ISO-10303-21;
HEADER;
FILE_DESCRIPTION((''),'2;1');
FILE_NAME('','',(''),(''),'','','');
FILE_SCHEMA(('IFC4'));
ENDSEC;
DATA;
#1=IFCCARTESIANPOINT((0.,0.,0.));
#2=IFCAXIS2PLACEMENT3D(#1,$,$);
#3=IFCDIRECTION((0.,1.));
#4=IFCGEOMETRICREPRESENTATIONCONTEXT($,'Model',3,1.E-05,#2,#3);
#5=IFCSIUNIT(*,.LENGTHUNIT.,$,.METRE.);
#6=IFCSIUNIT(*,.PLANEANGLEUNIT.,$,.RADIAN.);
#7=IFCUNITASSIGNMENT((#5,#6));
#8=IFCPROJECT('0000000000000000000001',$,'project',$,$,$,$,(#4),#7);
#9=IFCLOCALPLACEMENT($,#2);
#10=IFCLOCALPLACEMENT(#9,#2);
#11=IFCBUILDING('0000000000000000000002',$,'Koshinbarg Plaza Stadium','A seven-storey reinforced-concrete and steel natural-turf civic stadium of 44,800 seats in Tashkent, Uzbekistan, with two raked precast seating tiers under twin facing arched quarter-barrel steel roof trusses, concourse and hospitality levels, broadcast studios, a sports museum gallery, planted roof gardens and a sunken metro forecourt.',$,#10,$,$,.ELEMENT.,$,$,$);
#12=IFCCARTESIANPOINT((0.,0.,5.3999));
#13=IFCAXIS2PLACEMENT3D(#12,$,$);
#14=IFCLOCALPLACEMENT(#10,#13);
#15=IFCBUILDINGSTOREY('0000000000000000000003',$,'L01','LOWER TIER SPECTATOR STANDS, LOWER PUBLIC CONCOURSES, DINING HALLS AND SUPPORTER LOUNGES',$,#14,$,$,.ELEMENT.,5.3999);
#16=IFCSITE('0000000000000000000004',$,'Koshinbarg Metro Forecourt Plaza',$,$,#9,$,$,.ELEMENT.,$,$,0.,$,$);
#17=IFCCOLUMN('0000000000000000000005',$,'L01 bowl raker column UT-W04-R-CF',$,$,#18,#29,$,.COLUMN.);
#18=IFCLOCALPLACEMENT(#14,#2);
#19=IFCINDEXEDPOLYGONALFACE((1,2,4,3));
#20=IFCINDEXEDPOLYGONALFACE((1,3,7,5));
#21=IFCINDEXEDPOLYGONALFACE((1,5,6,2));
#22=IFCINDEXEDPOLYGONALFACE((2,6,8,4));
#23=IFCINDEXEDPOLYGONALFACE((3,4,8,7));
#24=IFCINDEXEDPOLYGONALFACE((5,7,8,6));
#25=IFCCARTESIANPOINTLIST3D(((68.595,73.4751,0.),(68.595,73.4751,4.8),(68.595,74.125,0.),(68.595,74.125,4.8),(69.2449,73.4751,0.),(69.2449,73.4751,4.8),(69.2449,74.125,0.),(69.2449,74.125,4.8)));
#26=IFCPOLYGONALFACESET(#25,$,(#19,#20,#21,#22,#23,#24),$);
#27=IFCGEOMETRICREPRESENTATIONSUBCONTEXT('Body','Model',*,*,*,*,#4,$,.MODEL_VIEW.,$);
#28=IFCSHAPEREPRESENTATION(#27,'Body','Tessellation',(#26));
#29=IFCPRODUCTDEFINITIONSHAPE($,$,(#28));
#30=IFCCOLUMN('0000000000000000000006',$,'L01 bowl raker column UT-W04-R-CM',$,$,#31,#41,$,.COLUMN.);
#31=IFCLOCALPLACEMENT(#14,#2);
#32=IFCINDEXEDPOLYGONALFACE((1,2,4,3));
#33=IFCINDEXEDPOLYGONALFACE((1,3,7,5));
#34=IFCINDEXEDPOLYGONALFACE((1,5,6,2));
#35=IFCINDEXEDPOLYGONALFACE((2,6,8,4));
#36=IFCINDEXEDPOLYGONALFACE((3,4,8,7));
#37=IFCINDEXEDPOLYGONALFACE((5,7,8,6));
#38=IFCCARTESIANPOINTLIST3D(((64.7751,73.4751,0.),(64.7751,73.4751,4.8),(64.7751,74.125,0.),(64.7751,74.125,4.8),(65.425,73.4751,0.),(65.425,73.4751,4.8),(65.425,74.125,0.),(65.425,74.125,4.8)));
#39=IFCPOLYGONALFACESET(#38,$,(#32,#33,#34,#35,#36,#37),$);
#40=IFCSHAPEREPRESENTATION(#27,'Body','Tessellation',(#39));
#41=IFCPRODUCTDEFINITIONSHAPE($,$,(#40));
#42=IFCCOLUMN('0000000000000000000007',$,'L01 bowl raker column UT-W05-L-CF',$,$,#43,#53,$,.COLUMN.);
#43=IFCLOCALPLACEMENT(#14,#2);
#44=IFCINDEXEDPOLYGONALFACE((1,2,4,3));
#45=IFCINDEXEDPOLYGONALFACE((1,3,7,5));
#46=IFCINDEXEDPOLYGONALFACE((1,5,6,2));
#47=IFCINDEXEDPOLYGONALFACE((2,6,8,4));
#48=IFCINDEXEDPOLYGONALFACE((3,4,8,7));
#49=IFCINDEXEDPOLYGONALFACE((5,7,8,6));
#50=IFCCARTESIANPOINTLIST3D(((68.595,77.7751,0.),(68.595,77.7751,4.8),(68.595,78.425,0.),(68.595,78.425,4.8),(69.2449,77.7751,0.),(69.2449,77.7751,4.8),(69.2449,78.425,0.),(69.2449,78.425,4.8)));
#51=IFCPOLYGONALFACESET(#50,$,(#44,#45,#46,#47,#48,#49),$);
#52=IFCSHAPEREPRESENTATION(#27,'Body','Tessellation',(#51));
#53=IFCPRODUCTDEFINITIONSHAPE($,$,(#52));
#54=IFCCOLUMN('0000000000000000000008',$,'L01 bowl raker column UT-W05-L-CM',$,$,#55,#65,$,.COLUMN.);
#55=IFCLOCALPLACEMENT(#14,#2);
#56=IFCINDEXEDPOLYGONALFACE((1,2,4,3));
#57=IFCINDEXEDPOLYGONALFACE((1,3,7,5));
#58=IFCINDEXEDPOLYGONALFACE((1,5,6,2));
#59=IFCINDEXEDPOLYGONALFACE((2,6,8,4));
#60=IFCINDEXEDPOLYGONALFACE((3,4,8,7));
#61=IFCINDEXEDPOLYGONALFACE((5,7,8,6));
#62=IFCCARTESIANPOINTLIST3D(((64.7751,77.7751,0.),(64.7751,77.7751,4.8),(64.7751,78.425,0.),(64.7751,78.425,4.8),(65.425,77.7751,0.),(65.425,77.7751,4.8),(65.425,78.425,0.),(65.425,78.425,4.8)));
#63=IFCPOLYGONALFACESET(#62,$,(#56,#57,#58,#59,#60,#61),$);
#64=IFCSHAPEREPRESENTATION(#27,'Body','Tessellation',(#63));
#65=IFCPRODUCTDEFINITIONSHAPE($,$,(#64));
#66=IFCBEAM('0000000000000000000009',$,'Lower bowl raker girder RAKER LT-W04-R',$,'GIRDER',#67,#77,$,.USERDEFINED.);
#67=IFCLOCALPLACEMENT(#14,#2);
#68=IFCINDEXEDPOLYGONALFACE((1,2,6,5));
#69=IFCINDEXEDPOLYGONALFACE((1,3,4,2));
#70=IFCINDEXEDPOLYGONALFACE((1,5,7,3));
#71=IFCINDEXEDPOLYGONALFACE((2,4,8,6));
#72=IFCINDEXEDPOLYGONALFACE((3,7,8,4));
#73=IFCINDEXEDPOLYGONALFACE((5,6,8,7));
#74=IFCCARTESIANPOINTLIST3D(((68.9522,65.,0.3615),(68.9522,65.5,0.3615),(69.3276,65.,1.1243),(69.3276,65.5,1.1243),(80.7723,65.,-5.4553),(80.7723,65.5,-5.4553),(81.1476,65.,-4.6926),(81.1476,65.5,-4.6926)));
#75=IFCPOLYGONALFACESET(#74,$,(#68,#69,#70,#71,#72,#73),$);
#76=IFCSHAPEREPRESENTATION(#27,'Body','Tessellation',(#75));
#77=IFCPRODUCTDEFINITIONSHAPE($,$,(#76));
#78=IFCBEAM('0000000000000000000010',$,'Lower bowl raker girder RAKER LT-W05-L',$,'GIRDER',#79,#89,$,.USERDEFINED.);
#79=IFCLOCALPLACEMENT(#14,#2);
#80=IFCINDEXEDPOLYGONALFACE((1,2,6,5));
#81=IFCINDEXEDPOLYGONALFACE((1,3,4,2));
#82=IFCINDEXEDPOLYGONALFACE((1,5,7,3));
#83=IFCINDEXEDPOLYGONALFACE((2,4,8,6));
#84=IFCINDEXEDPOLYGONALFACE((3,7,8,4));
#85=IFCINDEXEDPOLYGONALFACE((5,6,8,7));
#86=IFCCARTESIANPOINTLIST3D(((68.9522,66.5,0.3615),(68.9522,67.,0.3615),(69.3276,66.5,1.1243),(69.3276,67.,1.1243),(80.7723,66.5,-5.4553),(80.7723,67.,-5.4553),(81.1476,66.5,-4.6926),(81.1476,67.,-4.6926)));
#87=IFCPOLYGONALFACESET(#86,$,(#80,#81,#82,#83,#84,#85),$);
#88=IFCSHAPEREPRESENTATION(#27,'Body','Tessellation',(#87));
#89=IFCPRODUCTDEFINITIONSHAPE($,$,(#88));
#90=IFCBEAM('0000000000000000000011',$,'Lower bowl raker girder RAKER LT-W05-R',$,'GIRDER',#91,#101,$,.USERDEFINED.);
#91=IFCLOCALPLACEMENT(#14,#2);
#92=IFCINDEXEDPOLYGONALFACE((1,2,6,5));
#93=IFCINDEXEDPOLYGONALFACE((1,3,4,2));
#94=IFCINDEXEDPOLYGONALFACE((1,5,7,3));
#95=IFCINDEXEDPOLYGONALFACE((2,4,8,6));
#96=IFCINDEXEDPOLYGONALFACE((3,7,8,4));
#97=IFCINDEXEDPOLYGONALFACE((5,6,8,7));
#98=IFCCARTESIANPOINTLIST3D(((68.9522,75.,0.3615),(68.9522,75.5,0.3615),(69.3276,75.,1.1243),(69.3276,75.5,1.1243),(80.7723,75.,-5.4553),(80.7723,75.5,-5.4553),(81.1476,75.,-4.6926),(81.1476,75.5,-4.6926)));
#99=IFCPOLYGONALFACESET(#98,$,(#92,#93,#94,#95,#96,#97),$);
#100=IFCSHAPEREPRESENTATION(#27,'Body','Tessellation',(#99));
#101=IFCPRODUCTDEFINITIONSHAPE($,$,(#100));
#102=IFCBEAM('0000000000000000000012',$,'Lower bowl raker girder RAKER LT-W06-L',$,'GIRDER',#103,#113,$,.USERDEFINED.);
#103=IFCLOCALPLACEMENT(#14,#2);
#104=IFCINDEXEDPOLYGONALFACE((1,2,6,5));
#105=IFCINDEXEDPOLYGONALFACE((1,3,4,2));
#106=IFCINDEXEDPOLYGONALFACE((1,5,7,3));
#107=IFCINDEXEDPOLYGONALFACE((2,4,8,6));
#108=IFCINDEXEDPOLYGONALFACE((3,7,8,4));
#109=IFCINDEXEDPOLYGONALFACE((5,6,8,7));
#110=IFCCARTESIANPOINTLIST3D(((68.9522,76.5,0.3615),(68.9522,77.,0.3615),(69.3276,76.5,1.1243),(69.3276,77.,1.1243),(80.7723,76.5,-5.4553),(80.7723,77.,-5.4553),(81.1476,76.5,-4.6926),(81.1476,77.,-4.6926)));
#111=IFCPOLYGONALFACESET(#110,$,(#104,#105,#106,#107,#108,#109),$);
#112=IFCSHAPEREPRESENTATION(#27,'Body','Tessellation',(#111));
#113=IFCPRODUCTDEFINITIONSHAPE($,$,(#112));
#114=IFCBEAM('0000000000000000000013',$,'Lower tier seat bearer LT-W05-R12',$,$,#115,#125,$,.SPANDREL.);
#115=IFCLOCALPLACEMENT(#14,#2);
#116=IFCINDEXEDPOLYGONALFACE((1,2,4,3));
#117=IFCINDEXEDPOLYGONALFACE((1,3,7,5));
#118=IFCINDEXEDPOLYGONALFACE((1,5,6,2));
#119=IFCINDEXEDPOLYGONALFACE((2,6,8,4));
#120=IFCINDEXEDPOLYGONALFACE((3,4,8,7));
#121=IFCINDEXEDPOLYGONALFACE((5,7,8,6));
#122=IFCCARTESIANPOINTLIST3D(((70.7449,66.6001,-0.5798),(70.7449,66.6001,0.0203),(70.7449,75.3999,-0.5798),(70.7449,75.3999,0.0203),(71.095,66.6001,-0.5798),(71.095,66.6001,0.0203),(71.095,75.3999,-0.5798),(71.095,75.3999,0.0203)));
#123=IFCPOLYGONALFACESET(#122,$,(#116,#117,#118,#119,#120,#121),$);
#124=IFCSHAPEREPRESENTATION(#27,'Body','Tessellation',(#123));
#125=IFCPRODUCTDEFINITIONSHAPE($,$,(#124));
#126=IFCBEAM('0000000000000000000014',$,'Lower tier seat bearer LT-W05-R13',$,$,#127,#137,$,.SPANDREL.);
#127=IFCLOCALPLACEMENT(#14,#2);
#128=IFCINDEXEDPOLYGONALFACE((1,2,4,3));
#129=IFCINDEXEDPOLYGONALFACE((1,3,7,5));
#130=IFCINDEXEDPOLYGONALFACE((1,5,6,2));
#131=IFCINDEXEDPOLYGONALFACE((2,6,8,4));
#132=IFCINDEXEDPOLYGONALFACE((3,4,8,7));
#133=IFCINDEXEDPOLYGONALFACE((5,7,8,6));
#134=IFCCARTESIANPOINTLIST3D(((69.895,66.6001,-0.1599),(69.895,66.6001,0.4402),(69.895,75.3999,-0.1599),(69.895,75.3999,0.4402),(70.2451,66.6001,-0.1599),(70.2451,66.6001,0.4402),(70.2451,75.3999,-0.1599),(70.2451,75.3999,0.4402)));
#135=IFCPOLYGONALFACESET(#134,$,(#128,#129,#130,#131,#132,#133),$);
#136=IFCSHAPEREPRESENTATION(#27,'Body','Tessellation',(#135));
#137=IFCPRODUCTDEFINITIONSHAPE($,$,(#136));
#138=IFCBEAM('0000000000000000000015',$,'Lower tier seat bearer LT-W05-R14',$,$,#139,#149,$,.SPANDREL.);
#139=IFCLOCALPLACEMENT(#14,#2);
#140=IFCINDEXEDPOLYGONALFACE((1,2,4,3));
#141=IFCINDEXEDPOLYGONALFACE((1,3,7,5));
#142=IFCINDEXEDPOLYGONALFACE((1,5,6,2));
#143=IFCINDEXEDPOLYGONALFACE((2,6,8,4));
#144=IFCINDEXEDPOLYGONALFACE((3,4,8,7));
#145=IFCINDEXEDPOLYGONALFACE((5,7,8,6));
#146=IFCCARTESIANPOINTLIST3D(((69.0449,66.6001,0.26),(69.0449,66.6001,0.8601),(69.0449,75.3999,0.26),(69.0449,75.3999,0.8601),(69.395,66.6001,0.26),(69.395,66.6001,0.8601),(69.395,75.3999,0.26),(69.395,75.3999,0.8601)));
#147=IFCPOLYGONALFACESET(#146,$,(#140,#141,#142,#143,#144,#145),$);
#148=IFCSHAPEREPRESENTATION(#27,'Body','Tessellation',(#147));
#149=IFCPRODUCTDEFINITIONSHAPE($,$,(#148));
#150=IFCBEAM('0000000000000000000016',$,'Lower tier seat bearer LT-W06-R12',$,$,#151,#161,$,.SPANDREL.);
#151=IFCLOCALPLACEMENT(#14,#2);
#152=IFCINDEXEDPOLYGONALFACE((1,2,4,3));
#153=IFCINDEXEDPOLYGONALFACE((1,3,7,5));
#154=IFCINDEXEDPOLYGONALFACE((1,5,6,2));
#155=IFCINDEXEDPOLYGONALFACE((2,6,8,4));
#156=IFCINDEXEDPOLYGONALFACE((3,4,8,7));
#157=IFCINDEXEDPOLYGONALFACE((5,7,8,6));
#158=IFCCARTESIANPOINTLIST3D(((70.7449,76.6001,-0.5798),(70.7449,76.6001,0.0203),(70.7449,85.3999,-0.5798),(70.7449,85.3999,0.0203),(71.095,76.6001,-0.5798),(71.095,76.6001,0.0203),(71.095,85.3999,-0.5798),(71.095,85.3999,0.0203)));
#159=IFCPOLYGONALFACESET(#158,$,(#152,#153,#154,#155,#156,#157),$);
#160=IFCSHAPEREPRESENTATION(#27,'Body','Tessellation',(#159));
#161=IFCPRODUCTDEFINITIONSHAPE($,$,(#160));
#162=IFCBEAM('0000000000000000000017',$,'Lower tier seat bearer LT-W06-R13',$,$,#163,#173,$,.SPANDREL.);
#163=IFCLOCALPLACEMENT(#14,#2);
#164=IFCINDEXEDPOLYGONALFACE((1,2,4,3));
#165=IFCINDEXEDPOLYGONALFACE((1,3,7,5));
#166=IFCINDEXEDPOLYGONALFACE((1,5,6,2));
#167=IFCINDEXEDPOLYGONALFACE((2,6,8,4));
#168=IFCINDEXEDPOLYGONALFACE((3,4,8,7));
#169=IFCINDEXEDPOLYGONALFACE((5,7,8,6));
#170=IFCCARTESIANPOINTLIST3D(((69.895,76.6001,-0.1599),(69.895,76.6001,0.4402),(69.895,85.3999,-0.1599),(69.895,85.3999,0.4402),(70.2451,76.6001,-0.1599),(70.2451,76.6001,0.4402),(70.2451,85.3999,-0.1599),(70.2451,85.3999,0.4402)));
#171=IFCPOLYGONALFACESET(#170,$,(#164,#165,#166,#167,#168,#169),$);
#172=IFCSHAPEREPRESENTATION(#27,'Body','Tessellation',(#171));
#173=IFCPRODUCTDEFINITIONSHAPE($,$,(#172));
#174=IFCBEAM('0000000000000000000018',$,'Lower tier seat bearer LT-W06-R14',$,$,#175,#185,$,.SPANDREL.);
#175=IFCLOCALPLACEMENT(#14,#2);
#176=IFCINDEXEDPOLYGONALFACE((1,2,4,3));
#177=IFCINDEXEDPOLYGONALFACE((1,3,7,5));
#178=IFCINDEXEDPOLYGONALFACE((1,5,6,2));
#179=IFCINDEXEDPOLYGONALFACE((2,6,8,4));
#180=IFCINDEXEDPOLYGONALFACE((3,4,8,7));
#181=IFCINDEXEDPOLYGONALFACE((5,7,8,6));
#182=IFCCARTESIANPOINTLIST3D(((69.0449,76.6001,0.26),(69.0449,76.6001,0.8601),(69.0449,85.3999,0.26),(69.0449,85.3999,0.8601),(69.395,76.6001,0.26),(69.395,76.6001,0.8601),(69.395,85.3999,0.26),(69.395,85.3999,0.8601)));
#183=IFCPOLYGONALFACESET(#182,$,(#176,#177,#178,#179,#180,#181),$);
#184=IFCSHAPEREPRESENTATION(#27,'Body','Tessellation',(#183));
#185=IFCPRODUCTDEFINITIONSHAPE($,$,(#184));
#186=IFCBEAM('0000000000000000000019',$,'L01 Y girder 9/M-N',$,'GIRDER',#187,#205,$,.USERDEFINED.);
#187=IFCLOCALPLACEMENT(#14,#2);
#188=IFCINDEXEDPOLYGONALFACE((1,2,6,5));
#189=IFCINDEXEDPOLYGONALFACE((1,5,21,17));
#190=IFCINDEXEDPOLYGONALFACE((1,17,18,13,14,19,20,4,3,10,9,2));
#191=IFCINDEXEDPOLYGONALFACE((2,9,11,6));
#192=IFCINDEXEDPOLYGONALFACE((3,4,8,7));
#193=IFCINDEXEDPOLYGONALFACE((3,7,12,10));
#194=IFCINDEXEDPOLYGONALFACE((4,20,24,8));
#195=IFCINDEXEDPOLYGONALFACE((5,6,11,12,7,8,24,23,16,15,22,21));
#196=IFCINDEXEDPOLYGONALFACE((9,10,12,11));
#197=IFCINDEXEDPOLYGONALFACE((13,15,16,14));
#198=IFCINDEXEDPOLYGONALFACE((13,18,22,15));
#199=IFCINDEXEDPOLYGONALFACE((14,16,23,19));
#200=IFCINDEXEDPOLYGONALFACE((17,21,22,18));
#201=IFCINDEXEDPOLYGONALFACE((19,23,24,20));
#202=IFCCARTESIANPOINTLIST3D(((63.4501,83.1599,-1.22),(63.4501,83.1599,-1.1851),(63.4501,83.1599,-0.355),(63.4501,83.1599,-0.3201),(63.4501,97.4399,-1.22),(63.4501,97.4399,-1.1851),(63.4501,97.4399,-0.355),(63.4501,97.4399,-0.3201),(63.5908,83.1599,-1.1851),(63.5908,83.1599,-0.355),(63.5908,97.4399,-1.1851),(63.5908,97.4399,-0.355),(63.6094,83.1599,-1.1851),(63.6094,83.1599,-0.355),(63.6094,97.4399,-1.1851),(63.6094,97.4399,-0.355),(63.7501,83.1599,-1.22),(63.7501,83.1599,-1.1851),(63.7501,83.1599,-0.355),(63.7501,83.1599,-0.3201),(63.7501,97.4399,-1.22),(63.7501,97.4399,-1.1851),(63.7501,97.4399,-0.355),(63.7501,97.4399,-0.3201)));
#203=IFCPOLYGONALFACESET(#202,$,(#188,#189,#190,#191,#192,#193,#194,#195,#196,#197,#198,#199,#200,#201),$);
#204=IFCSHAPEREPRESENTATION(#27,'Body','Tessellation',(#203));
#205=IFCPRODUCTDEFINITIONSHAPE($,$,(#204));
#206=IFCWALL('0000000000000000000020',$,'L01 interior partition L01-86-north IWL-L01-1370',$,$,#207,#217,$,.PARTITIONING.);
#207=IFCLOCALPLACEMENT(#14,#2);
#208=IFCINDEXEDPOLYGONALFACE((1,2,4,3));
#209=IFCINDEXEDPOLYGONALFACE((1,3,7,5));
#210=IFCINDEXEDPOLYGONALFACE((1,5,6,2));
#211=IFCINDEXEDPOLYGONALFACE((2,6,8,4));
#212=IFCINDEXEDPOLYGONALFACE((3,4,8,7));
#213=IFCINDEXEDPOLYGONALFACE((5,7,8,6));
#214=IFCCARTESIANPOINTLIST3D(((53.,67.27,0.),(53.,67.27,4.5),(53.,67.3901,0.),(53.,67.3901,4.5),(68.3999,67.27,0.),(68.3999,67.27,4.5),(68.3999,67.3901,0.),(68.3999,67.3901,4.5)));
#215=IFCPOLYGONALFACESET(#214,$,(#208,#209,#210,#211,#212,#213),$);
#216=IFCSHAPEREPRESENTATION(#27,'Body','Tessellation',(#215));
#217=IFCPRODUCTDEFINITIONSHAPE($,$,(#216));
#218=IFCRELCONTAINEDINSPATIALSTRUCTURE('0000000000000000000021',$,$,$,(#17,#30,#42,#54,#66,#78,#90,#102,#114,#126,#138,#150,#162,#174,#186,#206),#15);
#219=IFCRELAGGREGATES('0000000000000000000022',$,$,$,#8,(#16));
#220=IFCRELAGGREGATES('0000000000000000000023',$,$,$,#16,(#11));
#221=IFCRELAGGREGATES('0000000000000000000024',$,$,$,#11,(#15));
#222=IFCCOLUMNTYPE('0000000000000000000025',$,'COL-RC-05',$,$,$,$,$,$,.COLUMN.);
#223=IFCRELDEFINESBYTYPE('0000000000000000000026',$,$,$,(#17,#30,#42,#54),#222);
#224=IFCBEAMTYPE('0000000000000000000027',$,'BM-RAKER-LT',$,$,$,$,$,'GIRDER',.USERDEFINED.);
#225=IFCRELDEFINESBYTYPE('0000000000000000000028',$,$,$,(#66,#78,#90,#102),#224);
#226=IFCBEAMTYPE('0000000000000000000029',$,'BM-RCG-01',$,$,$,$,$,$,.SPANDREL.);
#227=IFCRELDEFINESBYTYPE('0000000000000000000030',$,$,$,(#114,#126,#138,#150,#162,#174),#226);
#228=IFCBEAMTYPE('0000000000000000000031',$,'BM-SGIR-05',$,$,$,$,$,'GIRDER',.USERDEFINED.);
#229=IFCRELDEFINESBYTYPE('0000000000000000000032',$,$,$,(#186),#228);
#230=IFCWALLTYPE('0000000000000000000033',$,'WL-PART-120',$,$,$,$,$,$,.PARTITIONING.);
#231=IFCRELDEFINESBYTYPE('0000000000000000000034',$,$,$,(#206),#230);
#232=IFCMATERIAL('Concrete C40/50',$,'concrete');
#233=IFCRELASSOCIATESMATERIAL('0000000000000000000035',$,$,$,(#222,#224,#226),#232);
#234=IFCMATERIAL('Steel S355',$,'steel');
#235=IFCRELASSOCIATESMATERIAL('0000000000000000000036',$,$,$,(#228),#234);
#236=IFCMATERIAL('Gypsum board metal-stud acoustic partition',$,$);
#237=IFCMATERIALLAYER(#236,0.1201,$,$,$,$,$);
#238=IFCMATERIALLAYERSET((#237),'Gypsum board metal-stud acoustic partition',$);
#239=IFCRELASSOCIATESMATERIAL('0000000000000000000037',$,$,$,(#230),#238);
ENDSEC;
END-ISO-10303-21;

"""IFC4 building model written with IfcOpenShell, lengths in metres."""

from ifc_helpers import new_model, si_unit, direction, frame, frame_2d, origin, origin_2d, place, context, subcontext, project, spatial, rectangle, i_section, extrude, material, layer, layer_set, material_profile, profile_set, type_object, element, save


model = new_model("IFC4")

# Units and contexts
model_context = context("Model", 3, precision=1e-05, world=origin(), true_north=direction((0.0, 1.0)))
body_context = subcontext(model_context, "Body", "Model", "MODEL_VIEW")
ifc_project = project(units=[si_unit("LENGTHUNIT", "METRE"), si_unit("PLANEANGLEUNIT", "RADIAN")], contexts=[model_context])

# Site, building, storey
site_placement = place(None, origin())
site = spatial("IfcSite", under=ifc_project, at=site_placement, Name="Koshinbarg Metro Forecourt Plaza", CompositionType="ELEMENT", RefElevation=0.0)
building_placement = place(site_placement, origin())
building = spatial("IfcBuilding", under=site, at=building_placement, Name="Koshinbarg Plaza Stadium", Description="A seven-storey reinforced-concrete and steel natural-turf civic stadium of 44,800 seats in Tashkent, Uzbekistan, with two raked precast seating tiers under twin facing arched quarter-barrel steel roof trusses, concourse and hospitality levels, broadcast studios, a sports museum gallery, planted roof gardens and a sunken metro forecourt.", CompositionType="ELEMENT")
storey_placement = place(building_placement, frame((0.0, 0.0, 5.3999)))
storey = spatial("IfcBuildingStorey", under=building, at=storey_placement, Name="L01", Description="LOWER TIER SPECTATOR STANDS, LOWER PUBLIC CONCOURSES, DINING HALLS AND SUPPORTER LOUNGES", CompositionType="ELEMENT", Elevation=5.3999)

# Columns
ifc_material_1 = material(Name="Concrete C40/50", Category="concrete")
ifc_material_profile_1 = material_profile(ifc_material_1, rectangle(XDim=0.6499, YDim=0.6499, at=origin_2d()), Name="RC 650x650")
ifc_profile_set_1 = profile_set([ifc_material_profile_1], Name="Concrete C40/50")
column_type = type_object("IfcColumnType", Name="COL-RC-05", PredefinedType="COLUMN", material=ifc_profile_set_1)
for number, where, z_axis, x_axis, name in (
    (1, (68.9199, 73.8, 0.0), (0.0, 0.0, 1.0), (1.0, 0.0, 0.0), "L01 bowl raker column UT-W04-R-CF"),
    (2, (65.1001, 73.8, 0.0), (0.0, 0.0, 1.0), (1.0, 0.0, 0.0), "L01 bowl raker column UT-W04-R-CM"),
    (3, (68.9199, 78.1001, 0.0), (0.0, 0.0, 1.0), (1.0, 0.0, 0.0), "L01 bowl raker column UT-W05-L-CF"),
    (4, (65.1001, 78.1001, 0.0), (0.0, 0.0, 1.0), (1.0, 0.0, 0.0), "L01 bowl raker column UT-W05-L-CM"),
):
    element("IfcColumn", number, at=place(storey_placement, frame(where, z_axis=z_axis, x_axis=x_axis)), inside=storey, type_object=column_type, Name=name, PredefinedType="COLUMN", context=body_context, shape_type="SweptSolid", body=[
        extrude(rectangle(XDim=0.6499, YDim=0.6499, at=origin_2d()), origin(), (0.0, 0.0, 1.0), 4.8),
    ])

# Beams
ifc_material_profile_2 = material_profile(ifc_material_1, rectangle(XDim=0.5, YDim=0.8501, at=origin_2d()), Name="RC 500x850")
ifc_profile_set_2 = profile_set([ifc_material_profile_2], Name="Concrete C40/50")
beam_type_1 = type_object("IfcBeamType", Name="BM-RAKER-LT", ElementType="GIRDER", PredefinedType="USERDEFINED", material=ifc_profile_set_2)
for number, where, z_axis, x_axis, name in (
    (5, (80.96, 65.25, -5.074), (-0.897237, 0.0, 0.441549), (0.0, -1.0, 0.0), "Lower bowl raker girder RAKER LT-W04-R"),
    (6, (80.96, 66.75, -5.074), (-0.897237, 0.0, 0.441549), (0.0, -1.0, 0.0), "Lower bowl raker girder RAKER LT-W05-L"),
    (7, (80.96, 75.25, -5.074), (-0.897237, 0.0, 0.441549), (0.0, -1.0, 0.0), "Lower bowl raker girder RAKER LT-W05-R"),
    (8, (80.96, 76.75, -5.074), (-0.897237, 0.0, 0.441549), (0.0, -1.0, 0.0), "Lower bowl raker girder RAKER LT-W06-L"),
):
    element("IfcBeam", number, at=place(storey_placement, frame(where, z_axis=z_axis, x_axis=x_axis)), inside=storey, type_object=beam_type_1, Name=name, ObjectType="GIRDER", PredefinedType="USERDEFINED", context=body_context, shape_type="SweptSolid", body=[
        extrude(rectangle(XDim=0.5, YDim=0.8501, at=origin_2d()), origin(), (0.0, 0.0, 1.0), 13.1738),
    ])
ifc_material_profile_3 = material_profile(ifc_material_1, rectangle(XDim=0.3501, YDim=0.6001, at=origin_2d()), Name="RC 350x600")
ifc_profile_set_3 = profile_set([ifc_material_profile_3], Name="Concrete C40/50")
beam_type_2 = type_object("IfcBeamType", Name="BM-RCG-01", PredefinedType="SPANDREL", material=ifc_profile_set_3)
for number, where, z_axis, x_axis, name in (
    (9, (70.9199, 66.6001, -0.2798), (0.0, 1.0, 0.0), (-1.0, 0.0, 0.0), "Lower tier seat bearer LT-W05-R12"),
    (10, (70.0701, 66.6001, 0.1401), (0.0, 1.0, 0.0), (-1.0, 0.0, 0.0), "Lower tier seat bearer LT-W05-R13"),
    (11, (69.22, 66.6001, 0.5601), (0.0, 1.0, 0.0), (-1.0, 0.0, 0.0), "Lower tier seat bearer LT-W05-R14"),
    (12, (70.9199, 76.6001, -0.2798), (0.0, 1.0, 0.0), (-1.0, 0.0, 0.0), "Lower tier seat bearer LT-W06-R12"),
    (13, (70.0701, 76.6001, 0.1401), (0.0, 1.0, 0.0), (-1.0, 0.0, 0.0), "Lower tier seat bearer LT-W06-R13"),
    (14, (69.22, 76.6001, 0.5601), (0.0, 1.0, 0.0), (-1.0, 0.0, 0.0), "Lower tier seat bearer LT-W06-R14"),
):
    element("IfcBeam", number, at=place(storey_placement, frame(where, z_axis=z_axis, x_axis=x_axis)), inside=storey, type_object=beam_type_2, Name=name, PredefinedType="SPANDREL", context=body_context, shape_type="SweptSolid", body=[
        extrude(rectangle(XDim=0.3501, YDim=0.6001, at=origin_2d()), origin(), (0.0, 0.0, 1.0), 8.7998),
    ])
ifc_material_2 = material(Name="Steel S355", Category="steel")
ifc_material_profile_4 = material_profile(ifc_material_2, i_section(OverallWidth=0.3, OverallDepth=0.8999, WebThickness=0.0186, FlangeThickness=0.0349, at=origin_2d()), Name="HEB 900")
ifc_profile_set_4 = profile_set([ifc_material_profile_4], Name="Steel S355")
beam_type_3 = type_object("IfcBeamType", Name="BM-SGIR-05", ElementType="GIRDER", PredefinedType="USERDEFINED", material=ifc_profile_set_4)
beam_placement = place(storey_placement, frame((63.6001, 83.1599, -0.77), z_axis=(0.0, 1.0, 0.0), x_axis=(-1.0, 0.0, 0.0)))
element("IfcBeam", 15, at=beam_placement, inside=storey, type_object=beam_type_3, Name="L01 Y girder 9/M-N", ObjectType="GIRDER", PredefinedType="USERDEFINED", context=body_context, shape_type="SweptSolid", body=[
    extrude(i_section(OverallWidth=0.3, OverallDepth=0.8999, WebThickness=0.0186, FlangeThickness=0.0349, at=origin_2d()), origin(), (0.0, 0.0, 1.0), 14.28),
])

# Wall
ifc_material_3 = material(Name="Gypsum board metal-stud acoustic partition")
ifc_layer = layer(ifc_material_3, 0.1201)
ifc_layer_set = layer_set([ifc_layer], Name="Gypsum board metal-stud acoustic partition")
wall_type = type_object("IfcWallType", Name="WL-PART-120", PredefinedType="PARTITIONING", material=ifc_layer_set)
wall_1_placement = place(storey_placement, frame((68.3999, 67.3301, 0.0), z_axis=(0.0, 0.0, 1.0), x_axis=(-1.0, 0.0, 0.0)))
element("IfcWall", 16, at=wall_1_placement, inside=storey, type_object=wall_type, Name="L01 interior partition L01-86-north IWL-L01-1370", PredefinedType="PARTITIONING", context=body_context, shape_type="SweptSolid", body=[
    extrude(rectangle(XDim=15.3999, YDim=0.1201, at=frame_2d((7.7, 0.0))), origin(), (0.0, 0.0, 1.0), 4.5),
])

save(model, "model.ifc")
